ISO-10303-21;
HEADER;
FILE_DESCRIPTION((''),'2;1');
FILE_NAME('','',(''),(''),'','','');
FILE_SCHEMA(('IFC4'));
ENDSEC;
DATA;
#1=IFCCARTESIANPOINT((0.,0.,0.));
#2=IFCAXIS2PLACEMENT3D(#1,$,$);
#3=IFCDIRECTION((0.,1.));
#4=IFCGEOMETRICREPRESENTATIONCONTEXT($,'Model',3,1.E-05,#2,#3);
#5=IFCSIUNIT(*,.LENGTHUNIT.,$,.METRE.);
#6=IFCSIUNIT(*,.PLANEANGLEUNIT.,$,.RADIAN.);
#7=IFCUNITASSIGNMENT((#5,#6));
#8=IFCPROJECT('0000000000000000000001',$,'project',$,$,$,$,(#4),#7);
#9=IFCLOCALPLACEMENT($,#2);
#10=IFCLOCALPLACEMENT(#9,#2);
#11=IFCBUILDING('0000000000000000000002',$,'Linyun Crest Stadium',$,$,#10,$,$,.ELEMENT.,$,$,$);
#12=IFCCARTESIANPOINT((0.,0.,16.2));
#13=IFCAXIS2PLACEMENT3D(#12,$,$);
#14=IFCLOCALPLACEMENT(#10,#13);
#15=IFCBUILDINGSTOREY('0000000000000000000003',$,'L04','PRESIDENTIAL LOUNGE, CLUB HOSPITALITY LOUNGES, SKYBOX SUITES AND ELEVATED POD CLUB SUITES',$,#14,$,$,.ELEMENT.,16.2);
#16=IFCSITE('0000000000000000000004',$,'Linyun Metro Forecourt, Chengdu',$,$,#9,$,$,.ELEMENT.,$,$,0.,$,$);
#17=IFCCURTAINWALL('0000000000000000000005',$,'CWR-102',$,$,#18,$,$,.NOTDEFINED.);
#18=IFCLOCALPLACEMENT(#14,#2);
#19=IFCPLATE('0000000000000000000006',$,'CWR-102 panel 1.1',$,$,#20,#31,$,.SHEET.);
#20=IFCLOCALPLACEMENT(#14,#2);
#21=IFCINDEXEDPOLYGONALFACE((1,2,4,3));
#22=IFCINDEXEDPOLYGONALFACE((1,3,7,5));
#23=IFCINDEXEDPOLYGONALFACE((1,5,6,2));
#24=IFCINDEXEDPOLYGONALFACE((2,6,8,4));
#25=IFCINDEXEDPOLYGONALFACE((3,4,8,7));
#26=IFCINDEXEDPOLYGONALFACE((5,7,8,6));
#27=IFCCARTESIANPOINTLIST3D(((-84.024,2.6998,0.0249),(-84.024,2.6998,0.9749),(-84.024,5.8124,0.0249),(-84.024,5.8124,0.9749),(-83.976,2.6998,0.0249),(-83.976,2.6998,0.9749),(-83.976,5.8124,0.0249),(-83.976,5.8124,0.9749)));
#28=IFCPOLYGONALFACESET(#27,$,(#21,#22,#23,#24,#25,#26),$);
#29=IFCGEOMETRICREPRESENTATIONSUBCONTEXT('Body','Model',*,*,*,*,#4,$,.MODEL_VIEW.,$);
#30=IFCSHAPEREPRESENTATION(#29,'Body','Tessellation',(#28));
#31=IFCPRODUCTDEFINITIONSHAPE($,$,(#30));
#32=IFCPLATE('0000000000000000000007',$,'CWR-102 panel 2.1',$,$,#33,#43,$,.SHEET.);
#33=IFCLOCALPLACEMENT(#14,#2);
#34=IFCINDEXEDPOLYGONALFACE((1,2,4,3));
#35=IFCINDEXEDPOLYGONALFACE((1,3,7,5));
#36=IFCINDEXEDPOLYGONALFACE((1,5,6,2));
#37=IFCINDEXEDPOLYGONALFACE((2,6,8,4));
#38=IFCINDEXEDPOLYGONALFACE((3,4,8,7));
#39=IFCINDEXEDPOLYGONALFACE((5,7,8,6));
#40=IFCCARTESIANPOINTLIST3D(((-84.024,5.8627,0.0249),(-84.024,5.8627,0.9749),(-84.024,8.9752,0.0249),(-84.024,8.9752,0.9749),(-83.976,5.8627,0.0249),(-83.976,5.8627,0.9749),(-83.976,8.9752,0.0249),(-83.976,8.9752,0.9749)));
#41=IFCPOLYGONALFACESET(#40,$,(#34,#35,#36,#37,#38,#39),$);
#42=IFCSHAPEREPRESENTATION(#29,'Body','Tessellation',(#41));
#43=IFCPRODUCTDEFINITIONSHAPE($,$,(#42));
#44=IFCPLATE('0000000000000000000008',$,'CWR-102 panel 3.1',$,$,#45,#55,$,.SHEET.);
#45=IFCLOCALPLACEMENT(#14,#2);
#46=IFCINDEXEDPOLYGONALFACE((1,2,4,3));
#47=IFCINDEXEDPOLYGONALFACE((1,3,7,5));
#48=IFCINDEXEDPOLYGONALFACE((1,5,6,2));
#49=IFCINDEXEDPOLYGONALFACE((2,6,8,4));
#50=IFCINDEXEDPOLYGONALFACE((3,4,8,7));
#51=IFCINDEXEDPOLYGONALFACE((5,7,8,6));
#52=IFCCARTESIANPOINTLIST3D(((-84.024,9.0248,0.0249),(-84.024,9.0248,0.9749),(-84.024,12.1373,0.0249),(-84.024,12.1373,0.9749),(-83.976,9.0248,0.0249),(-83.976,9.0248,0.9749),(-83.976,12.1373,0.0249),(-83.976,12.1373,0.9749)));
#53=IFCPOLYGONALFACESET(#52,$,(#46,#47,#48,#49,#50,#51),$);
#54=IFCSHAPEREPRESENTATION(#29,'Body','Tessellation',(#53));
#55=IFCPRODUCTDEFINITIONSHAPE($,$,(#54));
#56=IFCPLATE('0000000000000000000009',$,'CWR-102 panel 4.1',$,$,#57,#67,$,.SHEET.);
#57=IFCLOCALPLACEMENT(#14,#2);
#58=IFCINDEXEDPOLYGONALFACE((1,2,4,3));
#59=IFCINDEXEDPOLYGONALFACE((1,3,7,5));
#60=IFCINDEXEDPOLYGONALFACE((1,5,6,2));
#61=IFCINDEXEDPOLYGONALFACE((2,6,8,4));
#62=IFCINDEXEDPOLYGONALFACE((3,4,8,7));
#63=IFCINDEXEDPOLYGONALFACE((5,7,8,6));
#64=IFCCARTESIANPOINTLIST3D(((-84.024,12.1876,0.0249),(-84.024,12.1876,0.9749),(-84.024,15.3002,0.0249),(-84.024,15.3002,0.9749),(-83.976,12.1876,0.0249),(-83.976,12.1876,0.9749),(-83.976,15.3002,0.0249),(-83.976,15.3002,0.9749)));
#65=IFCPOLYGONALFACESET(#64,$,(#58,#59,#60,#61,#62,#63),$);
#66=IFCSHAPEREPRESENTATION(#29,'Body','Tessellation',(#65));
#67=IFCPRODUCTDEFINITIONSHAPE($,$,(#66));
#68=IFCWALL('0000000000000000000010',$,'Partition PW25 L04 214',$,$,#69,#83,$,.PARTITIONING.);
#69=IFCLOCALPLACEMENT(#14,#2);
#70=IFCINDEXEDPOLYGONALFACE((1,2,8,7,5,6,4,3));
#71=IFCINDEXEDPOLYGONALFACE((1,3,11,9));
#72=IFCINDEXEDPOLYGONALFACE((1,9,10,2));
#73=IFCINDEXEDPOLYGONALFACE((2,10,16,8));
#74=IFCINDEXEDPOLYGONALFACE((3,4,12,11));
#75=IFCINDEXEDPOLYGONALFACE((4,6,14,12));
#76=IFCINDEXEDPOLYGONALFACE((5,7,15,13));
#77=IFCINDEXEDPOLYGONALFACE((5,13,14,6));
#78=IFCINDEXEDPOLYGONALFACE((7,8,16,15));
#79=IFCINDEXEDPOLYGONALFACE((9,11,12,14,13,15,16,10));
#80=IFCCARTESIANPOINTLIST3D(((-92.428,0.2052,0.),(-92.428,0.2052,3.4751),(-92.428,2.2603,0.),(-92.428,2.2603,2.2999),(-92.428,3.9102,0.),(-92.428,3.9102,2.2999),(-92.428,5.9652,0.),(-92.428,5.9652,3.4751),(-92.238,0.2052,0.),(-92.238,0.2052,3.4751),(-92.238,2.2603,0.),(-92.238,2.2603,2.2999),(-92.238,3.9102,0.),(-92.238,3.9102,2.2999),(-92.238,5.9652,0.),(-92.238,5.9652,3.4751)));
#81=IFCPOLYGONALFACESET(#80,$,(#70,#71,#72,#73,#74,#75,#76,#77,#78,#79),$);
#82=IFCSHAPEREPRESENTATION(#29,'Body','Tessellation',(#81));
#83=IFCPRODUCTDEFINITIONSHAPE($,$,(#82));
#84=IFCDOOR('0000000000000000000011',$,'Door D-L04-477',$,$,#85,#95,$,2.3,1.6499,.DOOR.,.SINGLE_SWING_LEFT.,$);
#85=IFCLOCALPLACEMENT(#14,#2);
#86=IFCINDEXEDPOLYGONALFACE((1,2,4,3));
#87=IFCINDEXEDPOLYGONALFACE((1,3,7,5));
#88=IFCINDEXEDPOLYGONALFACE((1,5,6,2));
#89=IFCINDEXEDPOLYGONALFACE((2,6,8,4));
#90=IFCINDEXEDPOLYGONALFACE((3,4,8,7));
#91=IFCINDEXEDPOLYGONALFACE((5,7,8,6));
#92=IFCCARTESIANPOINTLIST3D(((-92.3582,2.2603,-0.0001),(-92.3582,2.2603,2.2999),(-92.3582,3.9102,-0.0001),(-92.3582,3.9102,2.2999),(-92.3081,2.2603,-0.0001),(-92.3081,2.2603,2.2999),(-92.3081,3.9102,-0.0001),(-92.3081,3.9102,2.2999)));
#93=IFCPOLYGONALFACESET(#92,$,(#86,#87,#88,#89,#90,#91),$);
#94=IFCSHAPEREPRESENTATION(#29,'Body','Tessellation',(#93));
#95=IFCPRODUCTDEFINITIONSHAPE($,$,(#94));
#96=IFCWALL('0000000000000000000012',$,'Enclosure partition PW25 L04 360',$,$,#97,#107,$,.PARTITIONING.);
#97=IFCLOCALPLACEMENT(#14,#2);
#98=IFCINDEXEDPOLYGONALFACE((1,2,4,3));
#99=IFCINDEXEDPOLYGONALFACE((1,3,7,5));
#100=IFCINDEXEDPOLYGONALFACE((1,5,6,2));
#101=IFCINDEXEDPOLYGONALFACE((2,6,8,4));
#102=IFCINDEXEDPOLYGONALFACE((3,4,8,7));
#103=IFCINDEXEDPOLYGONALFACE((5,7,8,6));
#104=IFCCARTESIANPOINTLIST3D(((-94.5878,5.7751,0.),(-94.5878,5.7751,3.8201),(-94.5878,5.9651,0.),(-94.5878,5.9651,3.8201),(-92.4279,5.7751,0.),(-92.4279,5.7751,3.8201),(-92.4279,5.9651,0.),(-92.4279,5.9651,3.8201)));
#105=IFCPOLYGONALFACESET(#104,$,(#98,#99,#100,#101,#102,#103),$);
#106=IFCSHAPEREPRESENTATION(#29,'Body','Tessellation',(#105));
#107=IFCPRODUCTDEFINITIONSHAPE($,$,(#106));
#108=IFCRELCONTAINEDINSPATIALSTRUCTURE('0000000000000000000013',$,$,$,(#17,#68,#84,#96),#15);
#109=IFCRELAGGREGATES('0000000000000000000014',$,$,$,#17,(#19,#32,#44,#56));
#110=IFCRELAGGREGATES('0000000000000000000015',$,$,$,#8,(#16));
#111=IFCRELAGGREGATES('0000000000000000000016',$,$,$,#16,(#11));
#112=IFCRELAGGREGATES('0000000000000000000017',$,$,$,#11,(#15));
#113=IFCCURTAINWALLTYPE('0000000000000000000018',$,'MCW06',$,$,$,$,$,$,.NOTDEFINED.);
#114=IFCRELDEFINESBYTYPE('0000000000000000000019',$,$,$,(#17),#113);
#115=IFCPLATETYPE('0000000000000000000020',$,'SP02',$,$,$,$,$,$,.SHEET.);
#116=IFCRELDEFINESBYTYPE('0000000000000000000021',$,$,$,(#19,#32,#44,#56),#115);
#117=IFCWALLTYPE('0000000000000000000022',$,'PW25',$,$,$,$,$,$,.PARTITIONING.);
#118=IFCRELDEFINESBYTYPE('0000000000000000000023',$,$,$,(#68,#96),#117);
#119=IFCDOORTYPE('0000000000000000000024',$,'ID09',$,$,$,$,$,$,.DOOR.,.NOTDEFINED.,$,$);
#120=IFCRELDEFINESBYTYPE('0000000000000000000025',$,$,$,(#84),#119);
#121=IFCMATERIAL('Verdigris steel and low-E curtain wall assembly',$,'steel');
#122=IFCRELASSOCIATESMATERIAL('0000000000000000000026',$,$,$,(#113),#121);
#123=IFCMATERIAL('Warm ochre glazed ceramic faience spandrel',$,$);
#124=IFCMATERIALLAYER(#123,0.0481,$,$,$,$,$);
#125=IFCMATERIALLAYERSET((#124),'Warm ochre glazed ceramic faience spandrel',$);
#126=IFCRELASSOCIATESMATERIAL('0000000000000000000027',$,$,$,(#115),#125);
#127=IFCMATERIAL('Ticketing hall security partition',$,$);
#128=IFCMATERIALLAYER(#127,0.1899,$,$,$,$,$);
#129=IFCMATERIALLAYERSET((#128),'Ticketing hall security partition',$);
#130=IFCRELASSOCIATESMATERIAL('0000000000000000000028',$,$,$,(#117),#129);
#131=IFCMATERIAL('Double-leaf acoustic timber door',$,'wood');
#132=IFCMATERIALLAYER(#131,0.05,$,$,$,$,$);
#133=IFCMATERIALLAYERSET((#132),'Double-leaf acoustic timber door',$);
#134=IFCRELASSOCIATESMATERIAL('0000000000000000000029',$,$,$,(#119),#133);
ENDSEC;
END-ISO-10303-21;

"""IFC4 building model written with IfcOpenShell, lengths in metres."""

from ifc_helpers import new_model, si_unit, direction, frame, frame_2d, origin, origin_2d, place, context, subcontext, project, spatial, rectangle, extrude, material, layer, layer_set, type_object, element, fill, aggregate, save


model = new_model("IFC4")

# Units and contexts
model_context = context("Model", 3, precision=1e-05, world=origin(), true_north=direction((0.0, 1.0)))
body_context = subcontext(model_context, "Body", "Model", "MODEL_VIEW")
ifc_project = project(units=[si_unit("LENGTHUNIT", "METRE"), si_unit("PLANEANGLEUNIT", "RADIAN")], contexts=[model_context])

# Site, building, storey
site_placement = place(None, origin())
site = spatial("IfcSite", under=ifc_project, at=site_placement, Name="Linyun Metro Forecourt, Chengdu", CompositionType="ELEMENT", RefElevation=0.0)
building_placement = place(site_placement, origin())
building = spatial("IfcBuilding", under=site, at=building_placement, Name="Linyun Crest Stadium", CompositionType="ELEMENT")
storey_placement = place(building_placement, frame((0.0, 0.0, 16.2)))
storey = spatial("IfcBuildingStorey", under=building, at=storey_placement, Name="L04", Description="PRESIDENTIAL LOUNGE, CLUB HOSPITALITY LOUNGES, SKYBOX SUITES AND ELEVATED POD CLUB SUITES", CompositionType="ELEMENT", Elevation=16.2)

# Curtain wall
ifc_material_1 = material(Name="Verdigris steel and low-E curtain wall assembly", Category="steel")
curtain_wall_type = type_object("IfcCurtainWallType", Name="MCW06", PredefinedType="NOTDEFINED", material=ifc_material_1)
curtain_wall_placement = place(storey_placement, origin())
curtain_wall = element("IfcCurtainWall", 1, at=curtain_wall_placement, inside=storey, type_object=curtain_wall_type, Name="CWR-102", PredefinedType="NOTDEFINED")

# Plates
ifc_material_2 = material(Name="Warm ochre glazed ceramic faience spandrel")
ifc_layer_1 = layer(ifc_material_2, 0.0481)
ifc_layer_set_1 = layer_set([ifc_layer_1], Name="Warm ochre glazed ceramic faience spandrel")
plate_type_1 = type_object("IfcPlateType", Name="SP02", PredefinedType="SHEET", material=ifc_layer_set_1)
plate_1_placement = place(storey_placement, frame((-84.0, 4.2561, 0.0249), z_axis=(0.0, 0.0, 1.0), x_axis=(0.0, 1.0, 0.0)))
plate_1 = element("IfcPlate", 2, at=plate_1_placement, type_object=plate_type_1, Name="CWR-102 panel 1.1", PredefinedType="SHEET", context=body_context, shape_type="SweptSolid", body=[
    extrude(rectangle(XDim=3.1125, YDim=0.0481, at=origin_2d()), origin(), (0.0, 0.0, 1.0), 0.95),
])
plate_2_placement = place(storey_placement, frame((-84.0, 7.4189, 0.0249), z_axis=(0.0, 0.0, 1.0), x_axis=(0.0, 1.0, 0.0)))
plate_2 = element("IfcPlate", 3, at=plate_2_placement, type_object=plate_type_1, Name="CWR-102 panel 2.1", PredefinedType="SHEET", context=body_context, shape_type="SweptSolid", body=[
    extrude(rectangle(XDim=3.1125, YDim=0.0481, at=origin_2d()), origin(), (0.0, 0.0, 1.0), 0.95),
])
plate_3_placement = place(storey_placement, frame((-84.0, 10.5811, 0.0249), z_axis=(0.0, 0.0, 1.0), x_axis=(0.0, 1.0, 0.0)))
plate_3 = element("IfcPlate", 4, at=plate_3_placement, type_object=plate_type_1, Name="CWR-102 panel 3.1", PredefinedType="SHEET", context=body_context, shape_type="SweptSolid", body=[
    extrude(rectangle(XDim=3.1125, YDim=0.0481, at=origin_2d()), origin(), (0.0, 0.0, 1.0), 0.95),
])
plate_4_placement = place(storey_placement, frame((-84.0, 13.7439, 0.0249), z_axis=(0.0, 0.0, 1.0), x_axis=(0.0, 1.0, 0.0)))
plate_4 = element("IfcPlate", 5, at=plate_4_placement, type_object=plate_type_1, Name="CWR-102 panel 4.1", PredefinedType="SHEET", context=body_context, shape_type="SweptSolid", body=[
    extrude(rectangle(XDim=3.1125, YDim=0.0481, at=origin_2d()), origin(), (0.0, 0.0, 1.0), 0.95),
])
aggregate(curtain_wall, [plate_1, plate_2, plate_3, plate_4])

# Wall, opening, door
ifc_material_3 = material(Name="Ticketing hall security partition")
ifc_layer_2 = layer(ifc_material_3, 0.1899)
ifc_layer_set_2 = layer_set([ifc_layer_2], Name="Ticketing hall security partition")
wall_type = type_object("IfcWallType", Name="PW25", PredefinedType="PARTITIONING", material=ifc_layer_set_2)
wall_1_placement = place(storey_placement, frame((-92.333, 5.9651, 0.0), z_axis=(0.0, 0.0, 1.0), x_axis=(0.0, -1.0, 0.0)))
wall_1 = element("IfcWall", 6, at=wall_1_placement, inside=storey, type_object=wall_type, Name="Partition PW25 L04 214", PredefinedType="PARTITIONING", context=body_context, shape_type="SweptSolid", body=[
    extrude(rectangle(XDim=5.76, YDim=0.1899, at=frame_2d((2.8799, 0.0))), origin(), (0.0, 0.0, 1.0), 3.4751),
])
opening_placement = place(wall_1_placement, frame((2.0549, 0.0, 0.0)))
opening = element("IfcOpeningElement", 7, at=opening_placement, cuts=wall_1, PredefinedType="OPENING", context=body_context, shape_type="SweptSolid", body=[
    extrude(rectangle(XDim=1.6499, YDim=2.3, at=frame_2d((0.825, 1.1499))), frame((0.0, 0.105, 0.0), z_axis=(0.0, -1.0, 0.0), x_axis=(1.0, 0.0, 0.0)), (0.0, 0.0, 1.0), 0.21),
])
ifc_material_4 = material(Name="Double-leaf acoustic timber door", Category="wood")
ifc_layer_3 = layer(ifc_material_4, 0.05)
ifc_layer_set_3 = layer_set([ifc_layer_3], Name="Double-leaf acoustic timber door")
door_type = type_object("IfcDoorType", Name="ID09", OperationType="NOTDEFINED", PredefinedType="DOOR", material=ifc_layer_set_3)
door_placement = place(opening_placement, origin())
door = element("IfcDoor", 8, at=door_placement, inside=storey, type_object=door_type, Name="Door D-L04-477", OperationType="SINGLE_SWING_LEFT", OverallHeight=2.3, OverallWidth=1.6499, PredefinedType="DOOR", context=body_context, shape_type="SweptSolid", body=[
    extrude(rectangle(XDim=1.6499, YDim=2.3, at=frame_2d((0.825, 1.1499))), frame((0.0, 0.0249, 0.0), z_axis=(0.0, -1.0, 0.0), x_axis=(1.0, 0.0, 0.0)), (0.0, 0.0, 1.0), 0.05),
])
fill(opening, door)

# Wall
wall_2_placement = place(storey_placement, frame((-94.5879, 5.8701, 0.0), z_axis=(0.0, 0.0, 1.0), x_axis=(1.0, 0.0, 0.0)))
element("IfcWall", 9, at=wall_2_placement, inside=storey, type_object=wall_type, Name="Enclosure partition PW25 L04 360", PredefinedType="PARTITIONING", context=body_context, shape_type="SweptSolid", body=[
    extrude(rectangle(XDim=2.1599, YDim=0.1899, at=frame_2d((1.0801, 0.0))), origin(), (0.0, 0.0, 1.0), 3.8201),
])

save(model, "model.ifc")
